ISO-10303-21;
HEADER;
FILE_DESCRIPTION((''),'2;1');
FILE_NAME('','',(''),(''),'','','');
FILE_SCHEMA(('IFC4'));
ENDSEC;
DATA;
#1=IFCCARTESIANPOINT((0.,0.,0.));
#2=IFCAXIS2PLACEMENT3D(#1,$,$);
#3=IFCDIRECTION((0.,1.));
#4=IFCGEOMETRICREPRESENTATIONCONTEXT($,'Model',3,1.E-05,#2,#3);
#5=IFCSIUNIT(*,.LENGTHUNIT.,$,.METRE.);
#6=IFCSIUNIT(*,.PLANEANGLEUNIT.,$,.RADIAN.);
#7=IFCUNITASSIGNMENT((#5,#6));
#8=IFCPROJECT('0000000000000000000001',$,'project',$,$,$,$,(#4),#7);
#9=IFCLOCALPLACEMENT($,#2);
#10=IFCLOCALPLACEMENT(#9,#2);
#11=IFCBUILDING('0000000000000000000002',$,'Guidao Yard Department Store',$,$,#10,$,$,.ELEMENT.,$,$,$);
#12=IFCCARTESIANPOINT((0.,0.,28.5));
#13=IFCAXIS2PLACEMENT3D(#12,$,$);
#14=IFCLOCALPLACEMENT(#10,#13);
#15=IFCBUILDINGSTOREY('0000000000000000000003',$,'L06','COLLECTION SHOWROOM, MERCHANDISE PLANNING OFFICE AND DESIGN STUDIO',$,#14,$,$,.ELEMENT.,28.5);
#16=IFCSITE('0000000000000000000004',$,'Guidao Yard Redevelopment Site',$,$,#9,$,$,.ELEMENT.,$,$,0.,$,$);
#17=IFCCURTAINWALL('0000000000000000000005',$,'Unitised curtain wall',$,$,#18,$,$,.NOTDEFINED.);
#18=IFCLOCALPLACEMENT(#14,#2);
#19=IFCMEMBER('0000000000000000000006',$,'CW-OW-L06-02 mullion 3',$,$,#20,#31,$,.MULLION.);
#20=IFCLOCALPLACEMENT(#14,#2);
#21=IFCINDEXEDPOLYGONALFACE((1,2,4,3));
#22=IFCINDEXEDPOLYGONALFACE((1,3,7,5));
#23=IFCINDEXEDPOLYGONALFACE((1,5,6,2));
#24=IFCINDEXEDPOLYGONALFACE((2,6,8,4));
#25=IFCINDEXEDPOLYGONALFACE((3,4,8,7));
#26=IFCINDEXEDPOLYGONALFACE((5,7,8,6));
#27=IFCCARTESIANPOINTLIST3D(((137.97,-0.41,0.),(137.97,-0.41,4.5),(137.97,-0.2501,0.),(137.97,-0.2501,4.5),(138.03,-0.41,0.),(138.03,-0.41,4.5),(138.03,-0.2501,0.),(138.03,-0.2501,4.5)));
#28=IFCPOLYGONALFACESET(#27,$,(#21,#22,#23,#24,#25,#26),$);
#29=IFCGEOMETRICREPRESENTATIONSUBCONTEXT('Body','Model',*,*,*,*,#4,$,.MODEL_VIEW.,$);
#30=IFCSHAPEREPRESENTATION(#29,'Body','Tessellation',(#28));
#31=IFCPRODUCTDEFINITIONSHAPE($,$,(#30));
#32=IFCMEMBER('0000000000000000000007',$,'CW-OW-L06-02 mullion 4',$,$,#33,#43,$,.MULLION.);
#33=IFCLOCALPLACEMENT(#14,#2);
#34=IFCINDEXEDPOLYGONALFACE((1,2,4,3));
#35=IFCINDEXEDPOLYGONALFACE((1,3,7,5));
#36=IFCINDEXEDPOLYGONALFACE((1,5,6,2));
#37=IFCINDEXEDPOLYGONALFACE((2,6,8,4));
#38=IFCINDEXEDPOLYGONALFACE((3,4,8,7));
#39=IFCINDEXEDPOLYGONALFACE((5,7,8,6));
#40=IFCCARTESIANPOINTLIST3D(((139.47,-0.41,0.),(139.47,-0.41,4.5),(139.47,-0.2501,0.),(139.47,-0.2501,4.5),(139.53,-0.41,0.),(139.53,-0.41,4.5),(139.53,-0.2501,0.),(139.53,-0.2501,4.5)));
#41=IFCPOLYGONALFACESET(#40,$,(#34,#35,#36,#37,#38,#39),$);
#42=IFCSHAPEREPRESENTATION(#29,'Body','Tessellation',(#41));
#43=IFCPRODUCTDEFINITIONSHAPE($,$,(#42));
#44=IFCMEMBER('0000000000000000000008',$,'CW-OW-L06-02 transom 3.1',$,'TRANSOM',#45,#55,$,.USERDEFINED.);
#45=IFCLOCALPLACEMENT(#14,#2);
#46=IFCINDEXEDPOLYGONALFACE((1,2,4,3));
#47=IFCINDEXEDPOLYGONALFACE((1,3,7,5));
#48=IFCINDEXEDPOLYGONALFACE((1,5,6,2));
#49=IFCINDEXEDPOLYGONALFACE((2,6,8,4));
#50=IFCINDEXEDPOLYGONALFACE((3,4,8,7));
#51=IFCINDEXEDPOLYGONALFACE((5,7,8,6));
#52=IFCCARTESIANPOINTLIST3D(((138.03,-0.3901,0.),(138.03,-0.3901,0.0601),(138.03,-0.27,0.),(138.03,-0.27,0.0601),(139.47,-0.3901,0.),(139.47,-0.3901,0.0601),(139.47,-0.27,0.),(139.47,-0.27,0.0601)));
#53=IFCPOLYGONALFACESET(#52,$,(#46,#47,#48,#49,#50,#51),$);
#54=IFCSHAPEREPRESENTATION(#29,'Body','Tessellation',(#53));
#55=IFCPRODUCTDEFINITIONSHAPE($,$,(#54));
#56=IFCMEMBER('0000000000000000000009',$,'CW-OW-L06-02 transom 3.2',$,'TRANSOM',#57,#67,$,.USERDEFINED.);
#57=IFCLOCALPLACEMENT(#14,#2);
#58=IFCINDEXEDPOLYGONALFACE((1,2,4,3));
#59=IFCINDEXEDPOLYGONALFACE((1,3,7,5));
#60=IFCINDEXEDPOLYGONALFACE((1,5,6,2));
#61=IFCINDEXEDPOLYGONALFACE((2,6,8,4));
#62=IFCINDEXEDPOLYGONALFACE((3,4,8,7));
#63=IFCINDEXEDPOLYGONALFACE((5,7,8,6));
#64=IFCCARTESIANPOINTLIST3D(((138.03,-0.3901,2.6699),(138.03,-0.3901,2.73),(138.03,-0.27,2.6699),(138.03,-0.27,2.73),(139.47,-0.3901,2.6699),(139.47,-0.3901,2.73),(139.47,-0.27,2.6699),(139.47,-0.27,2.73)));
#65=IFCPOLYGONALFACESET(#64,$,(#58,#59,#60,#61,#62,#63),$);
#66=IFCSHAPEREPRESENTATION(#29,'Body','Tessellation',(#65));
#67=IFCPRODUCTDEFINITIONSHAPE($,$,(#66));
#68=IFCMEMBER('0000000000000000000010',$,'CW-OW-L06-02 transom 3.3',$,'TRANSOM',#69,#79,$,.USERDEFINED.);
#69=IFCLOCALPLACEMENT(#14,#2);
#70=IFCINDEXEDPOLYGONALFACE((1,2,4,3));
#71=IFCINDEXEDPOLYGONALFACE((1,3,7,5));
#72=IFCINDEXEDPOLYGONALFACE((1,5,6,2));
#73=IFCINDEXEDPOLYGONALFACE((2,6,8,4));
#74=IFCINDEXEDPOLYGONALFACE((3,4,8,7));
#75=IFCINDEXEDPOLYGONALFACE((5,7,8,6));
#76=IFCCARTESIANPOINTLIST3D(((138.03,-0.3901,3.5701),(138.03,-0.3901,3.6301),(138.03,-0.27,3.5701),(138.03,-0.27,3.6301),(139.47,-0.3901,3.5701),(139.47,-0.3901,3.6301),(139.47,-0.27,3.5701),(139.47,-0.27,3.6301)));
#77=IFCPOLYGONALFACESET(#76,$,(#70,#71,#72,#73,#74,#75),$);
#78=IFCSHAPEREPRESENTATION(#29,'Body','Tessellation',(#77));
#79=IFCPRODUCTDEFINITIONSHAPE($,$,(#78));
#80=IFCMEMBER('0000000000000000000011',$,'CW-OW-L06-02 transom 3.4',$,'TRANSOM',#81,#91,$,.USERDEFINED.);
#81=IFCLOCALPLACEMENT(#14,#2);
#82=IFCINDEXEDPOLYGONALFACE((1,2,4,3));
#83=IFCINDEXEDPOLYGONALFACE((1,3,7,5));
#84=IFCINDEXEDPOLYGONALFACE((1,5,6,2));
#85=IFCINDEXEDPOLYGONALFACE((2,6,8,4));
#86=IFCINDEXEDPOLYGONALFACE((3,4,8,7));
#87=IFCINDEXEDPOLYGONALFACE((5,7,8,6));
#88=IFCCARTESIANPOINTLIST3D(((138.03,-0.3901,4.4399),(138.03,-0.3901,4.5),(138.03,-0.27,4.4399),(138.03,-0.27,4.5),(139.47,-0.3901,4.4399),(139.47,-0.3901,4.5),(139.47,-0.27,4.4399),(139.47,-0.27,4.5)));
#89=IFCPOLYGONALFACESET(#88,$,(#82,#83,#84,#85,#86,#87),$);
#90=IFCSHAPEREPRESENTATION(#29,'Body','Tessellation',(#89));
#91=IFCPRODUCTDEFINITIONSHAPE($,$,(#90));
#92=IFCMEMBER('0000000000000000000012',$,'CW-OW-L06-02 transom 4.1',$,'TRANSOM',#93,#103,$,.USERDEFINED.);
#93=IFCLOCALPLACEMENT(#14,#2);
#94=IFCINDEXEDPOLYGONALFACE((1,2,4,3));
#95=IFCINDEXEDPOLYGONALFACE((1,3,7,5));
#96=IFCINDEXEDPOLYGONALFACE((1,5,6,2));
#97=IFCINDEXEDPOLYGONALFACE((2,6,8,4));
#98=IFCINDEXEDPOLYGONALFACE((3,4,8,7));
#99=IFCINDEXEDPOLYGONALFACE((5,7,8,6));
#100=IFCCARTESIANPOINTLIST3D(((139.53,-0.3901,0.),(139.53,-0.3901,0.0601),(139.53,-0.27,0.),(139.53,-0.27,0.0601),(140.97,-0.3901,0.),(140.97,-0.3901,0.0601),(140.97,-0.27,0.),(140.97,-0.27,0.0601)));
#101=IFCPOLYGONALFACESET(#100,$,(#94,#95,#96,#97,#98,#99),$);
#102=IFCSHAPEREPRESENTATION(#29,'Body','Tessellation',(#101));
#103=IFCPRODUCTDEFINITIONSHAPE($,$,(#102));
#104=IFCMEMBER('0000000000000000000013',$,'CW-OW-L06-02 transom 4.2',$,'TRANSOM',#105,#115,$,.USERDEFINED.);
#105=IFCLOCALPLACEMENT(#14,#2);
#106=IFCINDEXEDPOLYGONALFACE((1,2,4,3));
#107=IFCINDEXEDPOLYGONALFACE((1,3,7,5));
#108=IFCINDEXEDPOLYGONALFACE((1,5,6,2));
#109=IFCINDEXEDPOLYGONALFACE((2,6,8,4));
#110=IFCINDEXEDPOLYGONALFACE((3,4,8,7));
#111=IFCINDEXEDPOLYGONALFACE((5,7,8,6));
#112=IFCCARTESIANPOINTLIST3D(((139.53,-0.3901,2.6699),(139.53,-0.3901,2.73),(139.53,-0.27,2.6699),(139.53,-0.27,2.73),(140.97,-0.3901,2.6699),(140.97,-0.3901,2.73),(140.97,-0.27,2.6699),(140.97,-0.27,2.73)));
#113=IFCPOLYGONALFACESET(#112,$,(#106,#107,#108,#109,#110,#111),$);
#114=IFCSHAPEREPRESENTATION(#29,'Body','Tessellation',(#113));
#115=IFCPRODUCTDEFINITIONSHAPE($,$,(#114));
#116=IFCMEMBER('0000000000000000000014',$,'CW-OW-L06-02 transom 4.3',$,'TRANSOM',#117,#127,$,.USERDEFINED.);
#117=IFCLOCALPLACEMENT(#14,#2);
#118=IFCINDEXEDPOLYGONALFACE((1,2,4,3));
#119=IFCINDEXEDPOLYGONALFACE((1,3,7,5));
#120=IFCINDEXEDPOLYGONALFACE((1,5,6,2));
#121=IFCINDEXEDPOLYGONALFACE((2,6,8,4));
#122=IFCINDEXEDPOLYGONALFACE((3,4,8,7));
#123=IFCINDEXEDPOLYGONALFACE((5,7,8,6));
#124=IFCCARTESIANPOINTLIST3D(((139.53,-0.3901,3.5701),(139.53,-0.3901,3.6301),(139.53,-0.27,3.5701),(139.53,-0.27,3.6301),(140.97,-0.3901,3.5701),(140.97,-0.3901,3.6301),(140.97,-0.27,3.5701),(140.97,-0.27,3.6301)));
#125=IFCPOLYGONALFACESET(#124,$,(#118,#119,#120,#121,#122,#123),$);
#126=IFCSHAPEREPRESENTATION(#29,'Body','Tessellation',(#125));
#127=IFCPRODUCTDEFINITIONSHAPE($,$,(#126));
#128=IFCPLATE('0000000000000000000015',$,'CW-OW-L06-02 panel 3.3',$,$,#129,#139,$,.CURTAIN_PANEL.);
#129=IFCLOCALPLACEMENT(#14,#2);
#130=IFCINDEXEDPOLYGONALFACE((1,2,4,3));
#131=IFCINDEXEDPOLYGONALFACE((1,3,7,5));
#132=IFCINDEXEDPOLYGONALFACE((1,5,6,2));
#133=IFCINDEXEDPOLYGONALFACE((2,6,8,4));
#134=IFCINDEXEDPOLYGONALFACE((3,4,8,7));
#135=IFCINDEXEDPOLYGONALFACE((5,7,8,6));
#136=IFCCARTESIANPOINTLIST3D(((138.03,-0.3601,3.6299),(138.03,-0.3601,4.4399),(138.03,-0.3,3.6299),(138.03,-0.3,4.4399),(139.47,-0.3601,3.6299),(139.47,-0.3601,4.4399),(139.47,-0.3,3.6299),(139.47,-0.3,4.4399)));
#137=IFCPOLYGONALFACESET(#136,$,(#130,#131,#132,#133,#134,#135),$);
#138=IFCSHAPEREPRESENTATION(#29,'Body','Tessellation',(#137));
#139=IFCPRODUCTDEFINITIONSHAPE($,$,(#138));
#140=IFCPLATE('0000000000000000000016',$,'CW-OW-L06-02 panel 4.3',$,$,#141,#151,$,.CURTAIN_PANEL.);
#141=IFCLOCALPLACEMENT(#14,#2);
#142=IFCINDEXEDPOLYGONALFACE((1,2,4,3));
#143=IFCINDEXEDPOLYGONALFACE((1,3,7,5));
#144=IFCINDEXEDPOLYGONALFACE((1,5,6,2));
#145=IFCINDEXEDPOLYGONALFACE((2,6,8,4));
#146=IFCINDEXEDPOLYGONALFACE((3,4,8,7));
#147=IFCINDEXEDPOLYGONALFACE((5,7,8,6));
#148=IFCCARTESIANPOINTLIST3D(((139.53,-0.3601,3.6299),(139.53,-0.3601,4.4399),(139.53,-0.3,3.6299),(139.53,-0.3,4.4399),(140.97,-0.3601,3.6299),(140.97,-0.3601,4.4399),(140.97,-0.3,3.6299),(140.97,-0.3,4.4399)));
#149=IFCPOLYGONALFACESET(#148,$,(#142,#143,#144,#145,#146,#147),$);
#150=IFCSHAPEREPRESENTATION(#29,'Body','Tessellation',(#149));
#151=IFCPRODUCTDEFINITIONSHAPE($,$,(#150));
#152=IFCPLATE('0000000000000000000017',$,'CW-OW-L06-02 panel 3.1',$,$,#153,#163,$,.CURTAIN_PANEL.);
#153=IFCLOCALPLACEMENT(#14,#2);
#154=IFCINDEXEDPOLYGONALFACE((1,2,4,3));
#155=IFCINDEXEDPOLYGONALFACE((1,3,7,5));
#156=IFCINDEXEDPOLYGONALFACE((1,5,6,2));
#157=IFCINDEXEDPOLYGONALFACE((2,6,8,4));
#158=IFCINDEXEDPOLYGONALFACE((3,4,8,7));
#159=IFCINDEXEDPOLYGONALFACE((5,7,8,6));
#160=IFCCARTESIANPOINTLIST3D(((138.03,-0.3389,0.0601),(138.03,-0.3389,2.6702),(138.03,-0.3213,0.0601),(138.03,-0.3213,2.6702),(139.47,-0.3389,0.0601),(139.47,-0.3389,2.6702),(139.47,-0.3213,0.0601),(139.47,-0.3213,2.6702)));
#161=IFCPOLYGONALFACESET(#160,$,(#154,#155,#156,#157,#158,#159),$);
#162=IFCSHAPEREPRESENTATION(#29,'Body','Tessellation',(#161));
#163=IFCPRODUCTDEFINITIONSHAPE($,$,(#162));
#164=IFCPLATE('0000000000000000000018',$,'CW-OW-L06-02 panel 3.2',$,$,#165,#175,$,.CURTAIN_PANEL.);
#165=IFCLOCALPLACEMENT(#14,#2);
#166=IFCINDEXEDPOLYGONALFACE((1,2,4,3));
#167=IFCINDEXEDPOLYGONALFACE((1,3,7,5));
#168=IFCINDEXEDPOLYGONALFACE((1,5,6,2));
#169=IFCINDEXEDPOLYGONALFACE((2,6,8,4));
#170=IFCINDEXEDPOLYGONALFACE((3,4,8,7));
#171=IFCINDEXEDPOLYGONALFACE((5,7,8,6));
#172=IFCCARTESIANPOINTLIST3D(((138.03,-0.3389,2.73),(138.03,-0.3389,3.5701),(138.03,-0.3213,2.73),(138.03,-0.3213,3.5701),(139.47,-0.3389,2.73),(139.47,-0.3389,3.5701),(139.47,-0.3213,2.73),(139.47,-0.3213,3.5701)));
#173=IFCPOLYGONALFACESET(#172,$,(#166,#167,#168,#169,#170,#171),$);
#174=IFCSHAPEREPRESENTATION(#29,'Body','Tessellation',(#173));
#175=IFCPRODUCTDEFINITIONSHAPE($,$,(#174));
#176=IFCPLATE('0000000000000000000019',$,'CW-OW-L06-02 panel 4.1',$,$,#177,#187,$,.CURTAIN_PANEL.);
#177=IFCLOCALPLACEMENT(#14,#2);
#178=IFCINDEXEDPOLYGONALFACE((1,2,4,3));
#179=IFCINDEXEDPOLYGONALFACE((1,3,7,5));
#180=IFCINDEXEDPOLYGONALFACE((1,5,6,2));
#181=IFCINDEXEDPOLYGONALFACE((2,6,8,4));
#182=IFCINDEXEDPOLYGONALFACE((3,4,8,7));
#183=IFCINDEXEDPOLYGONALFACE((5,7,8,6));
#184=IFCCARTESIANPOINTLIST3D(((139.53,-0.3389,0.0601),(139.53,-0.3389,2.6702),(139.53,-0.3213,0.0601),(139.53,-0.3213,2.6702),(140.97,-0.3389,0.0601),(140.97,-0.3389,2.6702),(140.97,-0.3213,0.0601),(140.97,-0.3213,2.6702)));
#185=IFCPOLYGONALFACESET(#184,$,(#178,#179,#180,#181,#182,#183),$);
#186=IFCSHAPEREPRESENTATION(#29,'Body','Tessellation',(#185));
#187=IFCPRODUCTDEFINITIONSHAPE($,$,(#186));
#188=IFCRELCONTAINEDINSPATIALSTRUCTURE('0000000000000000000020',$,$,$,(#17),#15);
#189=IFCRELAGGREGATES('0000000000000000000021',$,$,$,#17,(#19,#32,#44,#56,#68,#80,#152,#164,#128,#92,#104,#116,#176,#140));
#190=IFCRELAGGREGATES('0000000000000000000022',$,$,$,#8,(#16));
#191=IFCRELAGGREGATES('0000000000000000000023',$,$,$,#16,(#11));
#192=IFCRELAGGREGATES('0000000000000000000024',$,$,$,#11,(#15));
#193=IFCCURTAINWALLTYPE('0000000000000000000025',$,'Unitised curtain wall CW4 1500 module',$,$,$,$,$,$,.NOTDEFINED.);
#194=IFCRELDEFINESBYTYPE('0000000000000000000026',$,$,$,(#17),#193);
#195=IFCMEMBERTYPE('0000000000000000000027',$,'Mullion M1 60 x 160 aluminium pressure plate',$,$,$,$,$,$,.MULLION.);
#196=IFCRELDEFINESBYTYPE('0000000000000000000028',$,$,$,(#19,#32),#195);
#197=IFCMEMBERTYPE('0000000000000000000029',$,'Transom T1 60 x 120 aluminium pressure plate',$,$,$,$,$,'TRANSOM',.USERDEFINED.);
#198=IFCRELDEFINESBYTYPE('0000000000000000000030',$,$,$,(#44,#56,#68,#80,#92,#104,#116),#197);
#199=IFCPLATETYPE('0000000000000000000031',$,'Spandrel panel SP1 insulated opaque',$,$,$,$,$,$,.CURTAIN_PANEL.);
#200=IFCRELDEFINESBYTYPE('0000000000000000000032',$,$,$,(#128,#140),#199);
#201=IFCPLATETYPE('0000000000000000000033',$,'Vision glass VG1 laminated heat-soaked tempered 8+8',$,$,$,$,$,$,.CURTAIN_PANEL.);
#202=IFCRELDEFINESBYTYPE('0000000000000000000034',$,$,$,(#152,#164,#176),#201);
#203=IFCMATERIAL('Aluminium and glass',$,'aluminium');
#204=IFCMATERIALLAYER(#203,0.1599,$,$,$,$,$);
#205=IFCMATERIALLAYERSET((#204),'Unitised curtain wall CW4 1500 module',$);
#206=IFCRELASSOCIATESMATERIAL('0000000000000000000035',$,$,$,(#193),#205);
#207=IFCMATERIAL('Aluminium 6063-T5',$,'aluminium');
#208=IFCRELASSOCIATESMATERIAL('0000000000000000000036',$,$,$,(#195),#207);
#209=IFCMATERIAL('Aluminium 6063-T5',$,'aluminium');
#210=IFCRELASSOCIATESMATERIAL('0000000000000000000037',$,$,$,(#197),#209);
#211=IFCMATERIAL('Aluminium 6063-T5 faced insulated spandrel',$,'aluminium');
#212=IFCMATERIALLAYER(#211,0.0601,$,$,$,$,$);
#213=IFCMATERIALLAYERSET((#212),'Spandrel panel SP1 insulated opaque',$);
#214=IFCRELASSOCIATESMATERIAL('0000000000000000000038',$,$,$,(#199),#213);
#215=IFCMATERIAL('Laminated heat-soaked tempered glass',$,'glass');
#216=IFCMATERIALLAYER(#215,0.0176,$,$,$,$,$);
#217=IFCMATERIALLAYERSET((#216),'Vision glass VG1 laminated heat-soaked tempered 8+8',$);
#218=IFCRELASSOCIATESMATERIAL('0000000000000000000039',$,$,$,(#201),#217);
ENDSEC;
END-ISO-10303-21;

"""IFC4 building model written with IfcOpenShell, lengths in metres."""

from ifc_helpers import new_model, si_unit, direction, frame, origin, origin_2d, place, context, subcontext, project, spatial, rectangle, extrude, material, layer, layer_set, material_profile, profile_set, type_object, element, aggregate, save


model = new_model("IFC4")

# Units and contexts
model_context = context("Model", 3, precision=1e-05, world=origin(), true_north=direction((0.0, 1.0)))
body_context = subcontext(model_context, "Body", "Model", "MODEL_VIEW")
ifc_project = project(units=[si_unit("LENGTHUNIT", "METRE"), si_unit("PLANEANGLEUNIT", "RADIAN")], contexts=[model_context])

# Site, building, storey
site_placement = place(None, origin())
site = spatial("IfcSite", under=ifc_project, at=site_placement, Name="Guidao Yard Redevelopment Site", CompositionType="ELEMENT", RefElevation=0.0)
building_placement = place(site_placement, origin())
building = spatial("IfcBuilding", under=site, at=building_placement, Name="Guidao Yard Department Store", CompositionType="ELEMENT")
storey_placement = place(building_placement, frame((0.0, 0.0, 28.5)))
storey = spatial("IfcBuildingStorey", under=building, at=storey_placement, Name="L06", Description="COLLECTION SHOWROOM, MERCHANDISE PLANNING OFFICE AND DESIGN STUDIO", CompositionType="ELEMENT", Elevation=28.5)

# Curtain wall, members, plates
ifc_material_1 = material(Name="Aluminium and glass", Category="aluminium")
ifc_layer_1 = layer(ifc_material_1, 0.1599)
ifc_layer_set_1 = layer_set([ifc_layer_1], Name="Unitised curtain wall CW4 1500 module")
curtain_wall_type = type_object("IfcCurtainWallType", Name="Unitised curtain wall CW4 1500 module", PredefinedType="NOTDEFINED", material=ifc_layer_set_1)
curtain_wall_placement = place(storey_placement, origin())
curtain_wall = element("IfcCurtainWall", 1, at=curtain_wall_placement, inside=storey, type_object=curtain_wall_type, Name="Unitised curtain wall", PredefinedType="NOTDEFINED")
ifc_material_2 = material(Name="Aluminium 6063-T5", Category="aluminium")
ifc_material_profile_1 = material_profile(ifc_material_2, rectangle(XDim=0.0601, YDim=0.1599, at=origin_2d()), Name="Mullion M1 60 x 160 aluminium pressure plate")
ifc_profile_set_1 = profile_set([ifc_material_profile_1], Name="Aluminium 6063-T5")
member_type_1 = type_object("IfcMemberType", Name="Mullion M1 60 x 160 aluminium pressure plate", PredefinedType="MULLION", material=ifc_profile_set_1)
member_1_placement = place(storey_placement, frame((138.0, -0.3301, 0.0), z_axis=(0.0, 0.0, 1.0), x_axis=(-1.0, 0.0, 0.0)))
member_1 = element("IfcMember", 2, at=member_1_placement, type_object=member_type_1, Name="CW-OW-L06-02 mullion 3", PredefinedType="MULLION", context=body_context, shape_type="SweptSolid", body=[
    extrude(rectangle(XDim=0.0601, YDim=0.1599, at=origin_2d()), origin(), (0.0, 0.0, 1.0), 4.5),
])
member_2_placement = place(storey_placement, frame((139.5, -0.3301, 0.0), z_axis=(0.0, 0.0, 1.0), x_axis=(-1.0, 0.0, 0.0)))
member_2 = element("IfcMember", 3, at=member_2_placement, type_object=member_type_1, Name="CW-OW-L06-02 mullion 4", PredefinedType="MULLION", context=body_context, shape_type="SweptSolid", body=[
    extrude(rectangle(XDim=0.0601, YDim=0.1599, at=origin_2d()), origin(), (0.0, 0.0, 1.0), 4.5),
])
ifc_material_3 = material(Name="Aluminium 6063-T5", Category="aluminium")
ifc_material_profile_2 = material_profile(ifc_material_3, rectangle(XDim=0.1201, YDim=0.0601, at=origin_2d()), Name="Transom T1 60 x 120 aluminium pressure plate")
ifc_profile_set_2 = profile_set([ifc_material_profile_2], Name="Aluminium 6063-T5")
member_type_2 = type_object("IfcMemberType", Name="Transom T1 60 x 120 aluminium pressure plate", ElementType="TRANSOM", PredefinedType="USERDEFINED", material=ifc_profile_set_2)
member_3_placement = place(storey_placement, frame((139.47, -0.3301, 0.03), z_axis=(-1.0, 0.0, 0.0), x_axis=(0.0, -1.0, 0.0)))
member_3 = element("IfcMember", 4, at=member_3_placement, type_object=member_type_2, Name="CW-OW-L06-02 transom 3.1", ObjectType="TRANSOM", PredefinedType="USERDEFINED", context=body_context, shape_type="SweptSolid", body=[
    extrude(rectangle(XDim=0.1201, YDim=0.0601, at=origin_2d()), origin(), (0.0, 0.0, 1.0), 1.4399),
])
member_4_placement = place(storey_placement, frame((139.47, -0.3301, 2.7), z_axis=(-1.0, 0.0, 0.0), x_axis=(0.0, -1.0, 0.0)))
member_4 = element("IfcMember", 5, at=member_4_placement, type_object=member_type_2, Name="CW-OW-L06-02 transom 3.2", ObjectType="TRANSOM", PredefinedType="USERDEFINED", context=body_context, shape_type="SweptSolid", body=[
    extrude(rectangle(XDim=0.1201, YDim=0.0601, at=origin_2d()), origin(), (0.0, 0.0, 1.0), 1.4399),
])
member_5_placement = place(storey_placement, frame((139.47, -0.3301, 3.6001), z_axis=(-1.0, 0.0, 0.0), x_axis=(0.0, -1.0, 0.0)))
member_5 = element("IfcMember", 6, at=member_5_placement, type_object=member_type_2, Name="CW-OW-L06-02 transom 3.3", ObjectType="TRANSOM", PredefinedType="USERDEFINED", context=body_context, shape_type="SweptSolid", body=[
    extrude(rectangle(XDim=0.1201, YDim=0.0601, at=origin_2d()), origin(), (0.0, 0.0, 1.0), 1.4399),
])
member_6_placement = place(storey_placement, frame((139.47, -0.3301, 4.47), z_axis=(-1.0, 0.0, 0.0), x_axis=(0.0, -1.0, 0.0)))
member_6 = element("IfcMember", 7, at=member_6_placement, type_object=member_type_2, Name="CW-OW-L06-02 transom 3.4", ObjectType="TRANSOM", PredefinedType="USERDEFINED", context=body_context, shape_type="SweptSolid", body=[
    extrude(rectangle(XDim=0.1201, YDim=0.0601, at=origin_2d()), origin(), (0.0, 0.0, 1.0), 1.4399),
])
member_7_placement = place(storey_placement, frame((140.97, -0.3301, 0.03), z_axis=(-1.0, 0.0, 0.0), x_axis=(0.0, -1.0, 0.0)))
member_7 = element("IfcMember", 8, at=member_7_placement, type_object=member_type_2, Name="CW-OW-L06-02 transom 4.1", ObjectType="TRANSOM", PredefinedType="USERDEFINED", context=body_context, shape_type="SweptSolid", body=[
    extrude(rectangle(XDim=0.1201, YDim=0.0601, at=origin_2d()), origin(), (0.0, 0.0, 1.0), 1.4399),
])
member_8_placement = place(storey_placement, frame((140.97, -0.3301, 2.7), z_axis=(-1.0, 0.0, 0.0), x_axis=(0.0, -1.0, 0.0)))
member_8 = element("IfcMember", 9, at=member_8_placement, type_object=member_type_2, Name="CW-OW-L06-02 transom 4.2", ObjectType="TRANSOM", PredefinedType="USERDEFINED", context=body_context, shape_type="SweptSolid", body=[
    extrude(rectangle(XDim=0.1201, YDim=0.0601, at=origin_2d()), origin(), (0.0, 0.0, 1.0), 1.4399),
])
member_9_placement = place(storey_placement, frame((140.97, -0.3301, 3.6001), z_axis=(-1.0, 0.0, 0.0), x_axis=(0.0, -1.0, 0.0)))
member_9 = element("IfcMember", 10, at=member_9_placement, type_object=member_type_2, Name="CW-OW-L06-02 transom 4.3", ObjectType="TRANSOM", PredefinedType="USERDEFINED", context=body_context, shape_type="SweptSolid", body=[
    extrude(rectangle(XDim=0.1201, YDim=0.0601, at=origin_2d()), origin(), (0.0, 0.0, 1.0), 1.4399),
])
ifc_material_4 = material(Name="Aluminium 6063-T5 faced insulated spandrel", Category="aluminium")
ifc_layer_2 = layer(ifc_material_4, 0.0601)
ifc_layer_set_2 = layer_set([ifc_layer_2], Name="Spandrel panel SP1 insulated opaque")
plate_type_1 = type_object("IfcPlateType", Name="Spandrel panel SP1 insulated opaque", PredefinedType="CURTAIN_PANEL", material=ifc_layer_set_2)
plate_1_placement = place(storey_placement, frame((138.75, -0.3301, 3.6299), z_axis=(0.0, 0.0, 1.0), x_axis=(-1.0, 0.0, 0.0)))
plate_1 = element("IfcPlate", 11, at=plate_1_placement, type_object=plate_type_1, Name="CW-OW-L06-02 panel 3.3", PredefinedType="CURTAIN_PANEL", context=body_context, shape_type="SweptSolid", body=[
    extrude(rectangle(XDim=1.4399, YDim=0.0601, at=origin_2d()), origin(), (0.0, 0.0, 1.0), 0.8101),
])
plate_2_placement = place(storey_placement, frame((140.25, -0.3301, 3.6299), z_axis=(0.0, 0.0, 1.0), x_axis=(-1.0, 0.0, 0.0)))
plate_2 = element("IfcPlate", 12, at=plate_2_placement, type_object=plate_type_1, Name="CW-OW-L06-02 panel 4.3", PredefinedType="CURTAIN_PANEL", context=body_context, shape_type="SweptSolid", body=[
    extrude(rectangle(XDim=1.4399, YDim=0.0601, at=origin_2d()), origin(), (0.0, 0.0, 1.0), 0.8101),
])
ifc_material_5 = material(Name="Laminated heat-soaked tempered glass", Category="glass")
ifc_layer_3 = layer(ifc_material_5, 0.0176)
ifc_layer_set_3 = layer_set([ifc_layer_3], Name="Vision glass VG1 laminated heat-soaked tempered 8+8")
plate_type_2 = type_object("IfcPlateType", Name="Vision glass VG1 laminated heat-soaked tempered 8+8", PredefinedType="CURTAIN_PANEL", material=ifc_layer_set_3)
plate_3_placement = place(storey_placement, frame((138.75, -0.3301, 0.0601), z_axis=(0.0, 0.0, 1.0), x_axis=(-1.0, 0.0, 0.0)))
plate_3 = element("IfcPlate", 13, at=plate_3_placement, type_object=plate_type_2, Name="CW-OW-L06-02 panel 3.1", PredefinedType="CURTAIN_PANEL", context=body_context, shape_type="SweptSolid", body=[
    extrude(rectangle(XDim=1.4399, YDim=0.0176, at=origin_2d()), origin(), (0.0, 0.0, 1.0), 2.6101),
])
plate_4_placement = place(storey_placement, frame((138.75, -0.3301, 2.73), z_axis=(0.0, 0.0, 1.0), x_axis=(-1.0, 0.0, 0.0)))
plate_4 = element("IfcPlate", 14, at=plate_4_placement, type_object=plate_type_2, Name="CW-OW-L06-02 panel 3.2", PredefinedType="CURTAIN_PANEL", context=body_context, shape_type="SweptSolid", body=[
    extrude(rectangle(XDim=1.4399, YDim=0.0176, at=origin_2d()), origin(), (0.0, 0.0, 1.0), 0.8401),
])
plate_5_placement = place(storey_placement, frame((140.25, -0.3301, 0.0601), z_axis=(0.0, 0.0, 1.0), x_axis=(-1.0, 0.0, 0.0)))
plate_5 = element("IfcPlate", 15, at=plate_5_placement, type_object=plate_type_2, Name="CW-OW-L06-02 panel 4.1", PredefinedType="CURTAIN_PANEL", context=body_context, shape_type="SweptSolid", body=[
    extrude(rectangle(XDim=1.4399, YDim=0.0176, at=origin_2d()), origin(), (0.0, 0.0, 1.0), 2.6101),
])
aggregate(curtain_wall, [member_1, member_2, member_3, member_4, member_5, member_6, plate_3, plate_4, plate_1, member_7, member_8, member_9, plate_5, plate_2])

save(model, "model.ifc")
